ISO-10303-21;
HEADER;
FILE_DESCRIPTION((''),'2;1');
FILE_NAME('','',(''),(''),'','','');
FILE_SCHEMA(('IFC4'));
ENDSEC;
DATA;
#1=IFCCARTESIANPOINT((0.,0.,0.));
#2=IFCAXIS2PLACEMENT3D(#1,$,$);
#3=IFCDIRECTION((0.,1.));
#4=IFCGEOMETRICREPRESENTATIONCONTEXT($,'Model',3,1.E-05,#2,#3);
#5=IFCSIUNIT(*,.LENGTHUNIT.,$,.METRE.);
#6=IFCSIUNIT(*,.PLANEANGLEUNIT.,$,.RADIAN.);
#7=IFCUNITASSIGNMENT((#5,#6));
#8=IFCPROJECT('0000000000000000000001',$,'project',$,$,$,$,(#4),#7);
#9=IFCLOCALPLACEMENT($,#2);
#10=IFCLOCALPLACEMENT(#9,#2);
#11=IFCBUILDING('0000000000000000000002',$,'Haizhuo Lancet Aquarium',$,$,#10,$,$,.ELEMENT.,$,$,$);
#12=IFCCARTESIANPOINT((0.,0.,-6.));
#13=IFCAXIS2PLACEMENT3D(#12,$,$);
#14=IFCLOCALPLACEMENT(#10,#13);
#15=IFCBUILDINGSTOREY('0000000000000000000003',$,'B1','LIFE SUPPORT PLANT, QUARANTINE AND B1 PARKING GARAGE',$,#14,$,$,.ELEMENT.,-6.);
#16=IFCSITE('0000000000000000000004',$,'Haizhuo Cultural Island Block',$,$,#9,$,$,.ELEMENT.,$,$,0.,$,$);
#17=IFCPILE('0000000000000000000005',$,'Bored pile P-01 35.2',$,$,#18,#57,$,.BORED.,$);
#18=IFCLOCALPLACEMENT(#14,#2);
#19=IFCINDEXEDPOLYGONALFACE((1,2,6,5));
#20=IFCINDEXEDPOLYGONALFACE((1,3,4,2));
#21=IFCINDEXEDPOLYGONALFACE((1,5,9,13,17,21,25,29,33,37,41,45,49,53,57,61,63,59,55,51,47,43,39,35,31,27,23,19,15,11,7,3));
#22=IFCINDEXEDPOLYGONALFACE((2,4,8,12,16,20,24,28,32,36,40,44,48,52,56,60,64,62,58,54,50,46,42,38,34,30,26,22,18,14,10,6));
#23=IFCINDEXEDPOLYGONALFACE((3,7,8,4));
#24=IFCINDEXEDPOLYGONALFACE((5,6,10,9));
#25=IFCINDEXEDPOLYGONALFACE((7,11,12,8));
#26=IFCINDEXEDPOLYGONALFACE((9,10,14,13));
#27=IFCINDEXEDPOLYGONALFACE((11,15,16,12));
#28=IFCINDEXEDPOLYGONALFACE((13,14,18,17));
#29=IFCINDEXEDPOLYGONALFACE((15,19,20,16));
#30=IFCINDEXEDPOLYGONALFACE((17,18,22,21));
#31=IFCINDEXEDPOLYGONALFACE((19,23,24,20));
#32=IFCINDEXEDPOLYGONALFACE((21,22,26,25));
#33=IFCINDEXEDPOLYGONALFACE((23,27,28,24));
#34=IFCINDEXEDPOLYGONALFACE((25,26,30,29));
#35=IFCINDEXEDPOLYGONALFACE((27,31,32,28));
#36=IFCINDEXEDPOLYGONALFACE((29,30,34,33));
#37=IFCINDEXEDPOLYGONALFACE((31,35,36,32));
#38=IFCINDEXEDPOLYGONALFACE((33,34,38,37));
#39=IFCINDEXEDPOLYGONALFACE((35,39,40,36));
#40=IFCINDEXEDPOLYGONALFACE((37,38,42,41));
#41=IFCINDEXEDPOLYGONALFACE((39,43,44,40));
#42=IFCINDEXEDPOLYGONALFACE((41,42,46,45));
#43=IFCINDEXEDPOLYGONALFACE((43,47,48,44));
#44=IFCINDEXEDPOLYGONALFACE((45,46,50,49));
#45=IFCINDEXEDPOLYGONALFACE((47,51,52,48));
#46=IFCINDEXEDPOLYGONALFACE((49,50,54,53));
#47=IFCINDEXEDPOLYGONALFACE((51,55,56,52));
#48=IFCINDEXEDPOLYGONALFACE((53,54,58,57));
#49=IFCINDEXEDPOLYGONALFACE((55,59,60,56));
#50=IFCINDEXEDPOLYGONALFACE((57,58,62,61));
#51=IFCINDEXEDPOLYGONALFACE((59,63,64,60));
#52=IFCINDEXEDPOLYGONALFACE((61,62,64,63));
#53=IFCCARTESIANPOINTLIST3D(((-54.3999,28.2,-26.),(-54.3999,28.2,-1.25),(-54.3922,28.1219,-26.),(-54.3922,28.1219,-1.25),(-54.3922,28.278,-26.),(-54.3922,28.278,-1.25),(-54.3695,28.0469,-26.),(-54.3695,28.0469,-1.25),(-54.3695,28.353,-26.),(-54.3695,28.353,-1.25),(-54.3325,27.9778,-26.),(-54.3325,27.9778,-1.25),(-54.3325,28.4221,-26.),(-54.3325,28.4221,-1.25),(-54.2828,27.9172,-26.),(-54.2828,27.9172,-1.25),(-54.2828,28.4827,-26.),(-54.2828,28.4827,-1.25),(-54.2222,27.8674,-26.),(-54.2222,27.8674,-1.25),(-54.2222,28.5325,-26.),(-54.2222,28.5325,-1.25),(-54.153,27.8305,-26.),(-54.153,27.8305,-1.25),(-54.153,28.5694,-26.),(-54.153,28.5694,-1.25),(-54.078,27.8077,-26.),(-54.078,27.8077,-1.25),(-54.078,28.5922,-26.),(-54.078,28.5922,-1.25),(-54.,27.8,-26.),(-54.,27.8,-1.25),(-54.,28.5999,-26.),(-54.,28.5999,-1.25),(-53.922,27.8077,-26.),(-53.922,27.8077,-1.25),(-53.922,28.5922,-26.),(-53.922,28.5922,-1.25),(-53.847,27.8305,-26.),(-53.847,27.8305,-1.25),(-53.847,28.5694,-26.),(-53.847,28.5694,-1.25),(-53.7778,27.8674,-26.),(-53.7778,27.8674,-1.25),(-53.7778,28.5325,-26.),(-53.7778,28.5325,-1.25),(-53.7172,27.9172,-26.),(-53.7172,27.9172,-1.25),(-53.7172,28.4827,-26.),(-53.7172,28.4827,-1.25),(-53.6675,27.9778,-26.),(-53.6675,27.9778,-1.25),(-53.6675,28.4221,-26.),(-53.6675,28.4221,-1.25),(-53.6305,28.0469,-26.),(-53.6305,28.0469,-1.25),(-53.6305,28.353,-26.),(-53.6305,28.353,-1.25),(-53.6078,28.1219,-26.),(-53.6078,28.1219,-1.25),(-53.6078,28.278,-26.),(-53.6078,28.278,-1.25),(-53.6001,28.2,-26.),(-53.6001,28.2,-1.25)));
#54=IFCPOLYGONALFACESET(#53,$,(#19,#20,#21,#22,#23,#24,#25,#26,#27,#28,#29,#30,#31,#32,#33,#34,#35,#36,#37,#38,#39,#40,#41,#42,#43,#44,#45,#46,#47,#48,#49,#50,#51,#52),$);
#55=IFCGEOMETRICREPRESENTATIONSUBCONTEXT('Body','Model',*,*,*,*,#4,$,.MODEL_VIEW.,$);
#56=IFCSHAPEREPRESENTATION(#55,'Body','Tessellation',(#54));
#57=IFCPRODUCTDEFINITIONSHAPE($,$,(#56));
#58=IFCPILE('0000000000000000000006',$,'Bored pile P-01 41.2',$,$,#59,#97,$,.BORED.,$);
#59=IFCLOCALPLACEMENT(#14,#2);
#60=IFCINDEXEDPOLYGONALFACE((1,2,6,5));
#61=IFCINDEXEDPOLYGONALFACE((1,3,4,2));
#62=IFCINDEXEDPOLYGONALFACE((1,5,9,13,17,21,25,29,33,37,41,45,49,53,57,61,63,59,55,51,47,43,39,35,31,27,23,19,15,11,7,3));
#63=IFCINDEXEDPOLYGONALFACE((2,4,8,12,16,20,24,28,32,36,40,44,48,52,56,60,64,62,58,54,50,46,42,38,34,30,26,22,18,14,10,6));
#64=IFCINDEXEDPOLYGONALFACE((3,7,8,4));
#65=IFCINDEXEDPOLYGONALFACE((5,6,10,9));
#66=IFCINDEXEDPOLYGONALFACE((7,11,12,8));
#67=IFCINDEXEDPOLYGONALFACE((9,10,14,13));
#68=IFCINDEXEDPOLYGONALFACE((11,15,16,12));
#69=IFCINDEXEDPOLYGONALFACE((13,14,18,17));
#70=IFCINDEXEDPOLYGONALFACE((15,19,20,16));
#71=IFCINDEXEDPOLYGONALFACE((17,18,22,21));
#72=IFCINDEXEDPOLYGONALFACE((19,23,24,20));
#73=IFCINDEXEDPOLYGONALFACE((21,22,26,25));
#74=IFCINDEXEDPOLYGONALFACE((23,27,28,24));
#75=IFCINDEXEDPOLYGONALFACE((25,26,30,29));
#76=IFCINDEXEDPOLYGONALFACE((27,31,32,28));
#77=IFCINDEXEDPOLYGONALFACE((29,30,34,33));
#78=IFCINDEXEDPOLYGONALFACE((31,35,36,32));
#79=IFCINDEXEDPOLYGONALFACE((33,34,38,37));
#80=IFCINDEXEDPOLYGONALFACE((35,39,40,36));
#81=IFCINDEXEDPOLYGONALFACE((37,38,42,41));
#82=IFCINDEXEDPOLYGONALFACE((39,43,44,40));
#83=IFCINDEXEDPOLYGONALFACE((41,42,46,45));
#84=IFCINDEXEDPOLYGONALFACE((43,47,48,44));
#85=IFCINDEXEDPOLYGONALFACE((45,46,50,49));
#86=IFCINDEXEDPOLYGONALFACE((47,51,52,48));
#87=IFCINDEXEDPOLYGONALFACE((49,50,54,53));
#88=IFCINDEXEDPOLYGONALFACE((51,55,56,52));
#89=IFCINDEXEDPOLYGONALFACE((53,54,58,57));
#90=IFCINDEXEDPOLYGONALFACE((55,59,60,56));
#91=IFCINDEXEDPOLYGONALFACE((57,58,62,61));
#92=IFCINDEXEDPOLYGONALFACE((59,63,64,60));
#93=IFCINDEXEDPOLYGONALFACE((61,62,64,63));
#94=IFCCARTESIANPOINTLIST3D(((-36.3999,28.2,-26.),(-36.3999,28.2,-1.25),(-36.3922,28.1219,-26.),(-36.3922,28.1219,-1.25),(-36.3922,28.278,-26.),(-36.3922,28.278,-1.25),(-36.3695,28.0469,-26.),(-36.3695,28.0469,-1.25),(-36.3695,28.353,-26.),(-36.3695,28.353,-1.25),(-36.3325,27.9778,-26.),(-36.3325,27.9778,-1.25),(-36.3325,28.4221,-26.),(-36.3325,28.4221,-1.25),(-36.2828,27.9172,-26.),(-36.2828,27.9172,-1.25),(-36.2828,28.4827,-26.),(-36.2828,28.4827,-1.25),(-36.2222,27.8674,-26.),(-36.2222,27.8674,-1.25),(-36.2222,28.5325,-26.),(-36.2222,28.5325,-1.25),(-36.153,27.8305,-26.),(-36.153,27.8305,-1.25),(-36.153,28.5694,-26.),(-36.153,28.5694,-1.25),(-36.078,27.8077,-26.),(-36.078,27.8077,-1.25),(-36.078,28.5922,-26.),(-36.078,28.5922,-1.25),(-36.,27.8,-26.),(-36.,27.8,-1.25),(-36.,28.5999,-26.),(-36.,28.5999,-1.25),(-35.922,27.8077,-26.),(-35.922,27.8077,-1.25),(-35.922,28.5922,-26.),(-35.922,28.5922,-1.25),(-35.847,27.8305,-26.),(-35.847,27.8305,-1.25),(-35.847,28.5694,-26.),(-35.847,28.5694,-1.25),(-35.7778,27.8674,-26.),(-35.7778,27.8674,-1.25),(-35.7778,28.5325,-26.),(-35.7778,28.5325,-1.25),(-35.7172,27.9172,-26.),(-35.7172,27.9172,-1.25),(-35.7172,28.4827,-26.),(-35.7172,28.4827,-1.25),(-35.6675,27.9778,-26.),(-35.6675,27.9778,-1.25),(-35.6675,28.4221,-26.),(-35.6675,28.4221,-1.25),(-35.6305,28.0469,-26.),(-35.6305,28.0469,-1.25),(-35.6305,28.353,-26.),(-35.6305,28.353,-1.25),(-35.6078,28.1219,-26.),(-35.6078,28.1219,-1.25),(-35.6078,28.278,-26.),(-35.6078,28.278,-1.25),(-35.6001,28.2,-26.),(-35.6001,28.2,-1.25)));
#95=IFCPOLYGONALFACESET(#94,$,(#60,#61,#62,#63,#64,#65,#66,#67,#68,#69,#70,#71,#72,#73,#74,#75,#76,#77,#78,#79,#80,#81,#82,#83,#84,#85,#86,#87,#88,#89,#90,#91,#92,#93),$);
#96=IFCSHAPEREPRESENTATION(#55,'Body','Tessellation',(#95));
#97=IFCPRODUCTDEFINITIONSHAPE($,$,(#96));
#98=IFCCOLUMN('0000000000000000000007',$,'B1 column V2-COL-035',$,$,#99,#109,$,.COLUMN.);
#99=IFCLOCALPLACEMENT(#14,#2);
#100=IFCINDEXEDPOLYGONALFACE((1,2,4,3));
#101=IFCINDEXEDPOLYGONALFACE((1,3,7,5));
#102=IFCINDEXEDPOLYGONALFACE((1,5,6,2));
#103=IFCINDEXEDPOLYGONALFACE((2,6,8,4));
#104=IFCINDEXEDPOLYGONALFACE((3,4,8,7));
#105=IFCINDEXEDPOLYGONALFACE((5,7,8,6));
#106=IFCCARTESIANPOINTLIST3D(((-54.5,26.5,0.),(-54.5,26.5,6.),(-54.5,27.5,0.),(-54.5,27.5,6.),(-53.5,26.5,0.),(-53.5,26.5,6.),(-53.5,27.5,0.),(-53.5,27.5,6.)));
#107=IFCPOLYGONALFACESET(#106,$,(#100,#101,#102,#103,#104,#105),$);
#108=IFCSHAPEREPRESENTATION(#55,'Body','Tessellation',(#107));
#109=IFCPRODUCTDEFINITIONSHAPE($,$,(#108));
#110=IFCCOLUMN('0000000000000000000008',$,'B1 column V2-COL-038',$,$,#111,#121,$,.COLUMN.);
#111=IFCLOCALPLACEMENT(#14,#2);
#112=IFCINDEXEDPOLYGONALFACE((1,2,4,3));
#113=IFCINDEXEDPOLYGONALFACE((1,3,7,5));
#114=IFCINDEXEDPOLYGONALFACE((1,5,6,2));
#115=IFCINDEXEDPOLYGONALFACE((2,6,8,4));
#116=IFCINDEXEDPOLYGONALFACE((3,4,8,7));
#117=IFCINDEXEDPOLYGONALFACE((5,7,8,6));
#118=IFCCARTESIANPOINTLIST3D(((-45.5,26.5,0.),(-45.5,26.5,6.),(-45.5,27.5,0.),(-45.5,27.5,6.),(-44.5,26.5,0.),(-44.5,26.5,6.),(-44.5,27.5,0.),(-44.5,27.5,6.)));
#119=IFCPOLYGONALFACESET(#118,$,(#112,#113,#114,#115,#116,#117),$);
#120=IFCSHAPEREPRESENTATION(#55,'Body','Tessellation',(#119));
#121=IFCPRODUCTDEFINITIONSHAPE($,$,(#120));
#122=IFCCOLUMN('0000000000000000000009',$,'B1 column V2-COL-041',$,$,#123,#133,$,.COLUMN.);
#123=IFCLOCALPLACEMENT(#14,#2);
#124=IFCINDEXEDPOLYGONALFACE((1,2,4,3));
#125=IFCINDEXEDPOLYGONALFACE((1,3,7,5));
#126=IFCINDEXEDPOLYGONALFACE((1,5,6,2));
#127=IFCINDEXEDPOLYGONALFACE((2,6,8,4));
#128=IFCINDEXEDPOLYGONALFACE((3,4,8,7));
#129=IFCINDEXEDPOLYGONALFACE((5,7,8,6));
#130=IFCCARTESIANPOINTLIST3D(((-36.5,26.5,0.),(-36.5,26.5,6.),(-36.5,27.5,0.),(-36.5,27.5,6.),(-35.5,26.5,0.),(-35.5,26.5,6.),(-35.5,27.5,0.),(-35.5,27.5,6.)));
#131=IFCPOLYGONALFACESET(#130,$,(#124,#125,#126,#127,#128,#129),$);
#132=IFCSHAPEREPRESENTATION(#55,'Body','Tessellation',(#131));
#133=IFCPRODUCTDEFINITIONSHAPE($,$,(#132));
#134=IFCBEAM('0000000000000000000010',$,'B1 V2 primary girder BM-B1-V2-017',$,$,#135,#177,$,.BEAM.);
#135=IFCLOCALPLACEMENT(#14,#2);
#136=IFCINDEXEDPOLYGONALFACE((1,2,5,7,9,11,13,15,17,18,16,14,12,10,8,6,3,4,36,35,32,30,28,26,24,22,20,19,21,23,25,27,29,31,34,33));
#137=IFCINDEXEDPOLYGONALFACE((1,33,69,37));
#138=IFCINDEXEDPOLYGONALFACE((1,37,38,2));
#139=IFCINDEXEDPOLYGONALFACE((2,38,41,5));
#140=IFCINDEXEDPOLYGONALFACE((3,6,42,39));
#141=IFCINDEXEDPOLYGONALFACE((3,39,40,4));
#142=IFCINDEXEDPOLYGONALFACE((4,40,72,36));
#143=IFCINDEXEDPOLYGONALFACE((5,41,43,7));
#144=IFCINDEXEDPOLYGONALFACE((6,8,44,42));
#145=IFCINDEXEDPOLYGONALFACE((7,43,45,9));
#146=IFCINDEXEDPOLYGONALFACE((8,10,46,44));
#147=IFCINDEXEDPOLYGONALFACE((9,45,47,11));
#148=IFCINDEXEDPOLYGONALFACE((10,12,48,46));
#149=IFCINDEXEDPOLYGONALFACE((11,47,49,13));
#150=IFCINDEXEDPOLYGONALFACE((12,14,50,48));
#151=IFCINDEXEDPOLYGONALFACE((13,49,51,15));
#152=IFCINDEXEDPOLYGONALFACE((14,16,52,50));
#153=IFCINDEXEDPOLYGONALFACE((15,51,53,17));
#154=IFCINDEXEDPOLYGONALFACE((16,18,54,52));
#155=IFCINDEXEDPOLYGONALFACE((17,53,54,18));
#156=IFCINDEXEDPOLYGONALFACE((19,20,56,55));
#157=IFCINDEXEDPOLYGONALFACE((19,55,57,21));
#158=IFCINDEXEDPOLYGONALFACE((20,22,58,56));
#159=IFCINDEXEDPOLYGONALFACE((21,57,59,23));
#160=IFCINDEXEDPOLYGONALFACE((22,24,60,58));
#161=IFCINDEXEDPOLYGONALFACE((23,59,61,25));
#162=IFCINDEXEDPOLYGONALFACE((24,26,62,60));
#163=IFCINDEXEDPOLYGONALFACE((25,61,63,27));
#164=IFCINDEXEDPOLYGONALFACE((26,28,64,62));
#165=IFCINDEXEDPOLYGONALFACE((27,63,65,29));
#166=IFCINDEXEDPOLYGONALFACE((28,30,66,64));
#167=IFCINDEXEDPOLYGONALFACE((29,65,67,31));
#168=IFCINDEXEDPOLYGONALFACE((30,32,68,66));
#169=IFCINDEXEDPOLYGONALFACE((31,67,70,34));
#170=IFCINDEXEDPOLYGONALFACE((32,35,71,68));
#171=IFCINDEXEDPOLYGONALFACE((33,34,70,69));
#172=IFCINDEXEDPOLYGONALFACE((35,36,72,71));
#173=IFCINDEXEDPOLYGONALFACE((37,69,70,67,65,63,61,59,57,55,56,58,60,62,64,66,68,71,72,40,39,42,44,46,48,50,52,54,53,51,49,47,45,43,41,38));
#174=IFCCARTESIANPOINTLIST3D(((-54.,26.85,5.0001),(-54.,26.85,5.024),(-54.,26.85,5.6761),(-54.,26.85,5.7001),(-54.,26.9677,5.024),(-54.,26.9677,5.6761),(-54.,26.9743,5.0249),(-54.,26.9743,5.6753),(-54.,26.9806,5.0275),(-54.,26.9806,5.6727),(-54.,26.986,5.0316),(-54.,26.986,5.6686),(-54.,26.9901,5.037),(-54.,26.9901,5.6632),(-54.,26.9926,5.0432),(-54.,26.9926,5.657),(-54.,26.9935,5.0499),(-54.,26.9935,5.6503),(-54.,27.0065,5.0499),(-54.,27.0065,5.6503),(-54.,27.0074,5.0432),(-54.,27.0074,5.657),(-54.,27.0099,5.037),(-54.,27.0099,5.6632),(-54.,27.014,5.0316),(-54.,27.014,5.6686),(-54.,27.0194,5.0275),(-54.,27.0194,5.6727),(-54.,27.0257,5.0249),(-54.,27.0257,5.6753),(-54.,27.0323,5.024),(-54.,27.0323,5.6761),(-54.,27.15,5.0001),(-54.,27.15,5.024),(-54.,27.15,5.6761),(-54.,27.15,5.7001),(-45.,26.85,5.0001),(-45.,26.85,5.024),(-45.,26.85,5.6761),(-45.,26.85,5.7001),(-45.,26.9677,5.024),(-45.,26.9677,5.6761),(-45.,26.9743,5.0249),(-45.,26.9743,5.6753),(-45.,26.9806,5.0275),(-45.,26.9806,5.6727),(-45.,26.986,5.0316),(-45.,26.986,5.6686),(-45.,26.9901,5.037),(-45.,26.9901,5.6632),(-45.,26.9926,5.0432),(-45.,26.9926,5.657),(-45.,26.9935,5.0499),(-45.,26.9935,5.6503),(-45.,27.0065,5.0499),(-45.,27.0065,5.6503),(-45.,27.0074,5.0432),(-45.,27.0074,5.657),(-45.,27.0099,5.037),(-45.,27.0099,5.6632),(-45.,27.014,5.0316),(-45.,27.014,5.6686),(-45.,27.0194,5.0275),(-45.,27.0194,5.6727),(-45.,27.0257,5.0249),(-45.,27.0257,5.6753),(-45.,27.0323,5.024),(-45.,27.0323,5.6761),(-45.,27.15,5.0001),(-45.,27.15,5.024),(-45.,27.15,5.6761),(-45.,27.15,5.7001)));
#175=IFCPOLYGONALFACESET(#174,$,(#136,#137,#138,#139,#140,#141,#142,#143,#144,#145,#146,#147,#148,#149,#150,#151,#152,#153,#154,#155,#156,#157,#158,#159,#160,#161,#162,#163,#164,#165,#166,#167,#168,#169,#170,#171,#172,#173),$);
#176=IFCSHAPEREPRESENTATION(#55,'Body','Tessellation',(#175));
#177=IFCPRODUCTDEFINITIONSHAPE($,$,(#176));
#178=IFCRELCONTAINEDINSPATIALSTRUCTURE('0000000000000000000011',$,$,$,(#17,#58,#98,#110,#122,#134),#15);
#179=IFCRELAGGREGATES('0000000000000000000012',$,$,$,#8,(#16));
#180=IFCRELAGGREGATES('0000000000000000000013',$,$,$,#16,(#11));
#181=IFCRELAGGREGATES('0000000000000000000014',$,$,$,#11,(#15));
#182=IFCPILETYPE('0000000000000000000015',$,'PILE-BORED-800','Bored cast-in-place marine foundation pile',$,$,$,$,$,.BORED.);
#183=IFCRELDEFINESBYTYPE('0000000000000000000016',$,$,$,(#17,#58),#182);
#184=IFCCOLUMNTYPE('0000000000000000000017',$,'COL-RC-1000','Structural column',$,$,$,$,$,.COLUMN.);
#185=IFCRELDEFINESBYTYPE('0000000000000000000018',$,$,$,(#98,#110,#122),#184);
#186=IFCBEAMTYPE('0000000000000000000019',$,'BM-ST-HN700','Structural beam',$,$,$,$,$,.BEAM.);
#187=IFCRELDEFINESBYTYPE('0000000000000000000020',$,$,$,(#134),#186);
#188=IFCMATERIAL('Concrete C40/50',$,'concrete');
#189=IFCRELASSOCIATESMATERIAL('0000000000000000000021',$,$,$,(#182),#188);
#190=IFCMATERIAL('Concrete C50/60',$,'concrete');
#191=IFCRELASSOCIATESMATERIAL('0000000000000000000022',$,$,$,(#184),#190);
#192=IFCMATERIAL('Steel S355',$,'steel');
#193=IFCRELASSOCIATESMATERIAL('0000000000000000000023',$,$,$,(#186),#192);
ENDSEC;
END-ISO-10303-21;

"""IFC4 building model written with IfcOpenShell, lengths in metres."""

from ifc_helpers import new_model, si_unit, direction, frame, origin, origin_2d, place, context, subcontext, project, spatial, rectangle, circle, i_section, extrude, material, material_profile, profile_set, type_object, element, save


model = new_model("IFC4")

# Units and contexts
model_context = context("Model", 3, precision=1e-05, world=origin(), true_north=direction((0.0, 1.0)))
body_context = subcontext(model_context, "Body", "Model", "MODEL_VIEW")
ifc_project = project(units=[si_unit("LENGTHUNIT", "METRE"), si_unit("PLANEANGLEUNIT", "RADIAN")], contexts=[model_context])

# Site, building, storey
site_placement = place(None, origin())
site = spatial("IfcSite", under=ifc_project, at=site_placement, Name="Haizhuo Cultural Island Block", CompositionType="ELEMENT", RefElevation=0.0)
building_placement = place(site_placement, origin())
building = spatial("IfcBuilding", under=site, at=building_placement, Name="Haizhuo Lancet Aquarium", CompositionType="ELEMENT")
storey_placement = place(building_placement, frame((0.0, 0.0, -6.0)))
storey = spatial("IfcBuildingStorey", under=building, at=storey_placement, Name="B1", Description="LIFE SUPPORT PLANT, QUARANTINE AND B1 PARKING GARAGE", CompositionType="ELEMENT", Elevation=-6.0)

# Shared definitions
ifc_material_1 = material(Name="Concrete C40/50", Category="concrete")

# Piles
ifc_material_profile_1 = material_profile(ifc_material_1, circle(Radius=0.3999, at=origin_2d()), Name="PILE-800")
ifc_profile_set_1 = profile_set([ifc_material_profile_1], Name="Concrete C40/50")
pile_type_1 = type_object("IfcPileType", Name="PILE-BORED-800", Description="Bored cast-in-place marine foundation pile", PredefinedType="BORED", material=ifc_profile_set_1)
for number, where, z_axis, x_axis, name in (
    (1, (-54.0, 28.2, -1.25), (0.0, 0.0, -1.0), (1.0, 0.0, 0.0), "Bored pile P-01 35.2"),
    (2, (-36.0, 28.2, -1.25), (0.0, 0.0, -1.0), (1.0, 0.0, 0.0), "Bored pile P-01 41.2"),
):
    element("IfcPile", number, at=place(storey_placement, frame(where, z_axis=z_axis, x_axis=x_axis)), inside=storey, type_object=pile_type_1, Name=name, PredefinedType="BORED", context=body_context, shape_type="SweptSolid", body=[
        extrude(circle(Radius=0.3999, at=origin_2d()), origin(), (0.0, 0.0, 1.0), 24.75),
    ])

# Columns
ifc_material_2 = material(Name="Concrete C50/60", Category="concrete")
ifc_material_profile_2 = material_profile(ifc_material_2, rectangle(XDim=1.0, YDim=1.0, at=origin_2d()), Name="RC-COL 1000x1000")
ifc_profile_set_2 = profile_set([ifc_material_profile_2], Name="Concrete C50/60")
column_type = type_object("IfcColumnType", Name="COL-RC-1000", Description="Structural column", PredefinedType="COLUMN", material=ifc_profile_set_2)
for number, where, z_axis, x_axis, name in (
    (3, (-54.0, 27.0, 0.0), (0.0, 0.0, 1.0), (1.0, 0.0, 0.0), "B1 column V2-COL-035"),
    (4, (-45.0, 27.0, 0.0), (0.0, 0.0, 1.0), (1.0, 0.0, 0.0), "B1 column V2-COL-038"),
    (5, (-36.0, 27.0, 0.0), (0.0, 0.0, 1.0), (1.0, 0.0, 0.0), "B1 column V2-COL-041"),
):
    element("IfcColumn", number, at=place(storey_placement, frame(where, z_axis=z_axis, x_axis=x_axis)), inside=storey, type_object=column_type, Name=name, PredefinedType="COLUMN", context=body_context, shape_type="SweptSolid", body=[
        extrude(rectangle(XDim=1.0, YDim=1.0, at=origin_2d()), origin(), (0.0, 0.0, 1.0), 6.0),
    ])

# Beam
ifc_material_3 = material(Name="Steel S355", Category="steel")
ifc_material_profile_3 = material_profile(ifc_material_3, i_section(OverallWidth=0.3, OverallDepth=0.7, WebThickness=0.0129, FlangeThickness=0.0239, FilletRadius=0.0259, at=origin_2d()), Name="HN 700x300x13x24")
ifc_profile_set_3 = profile_set([ifc_material_profile_3], Name="Steel S355")
beam_type = type_object("IfcBeamType", Name="BM-ST-HN700", Description="Structural beam", PredefinedType="BEAM", material=ifc_profile_set_3)
for number, where, z_axis, x_axis, name in (
    (6, (-54.0, 27.0, 5.3501), (1.0, 0.0, 0.0), (0.0, 1.0, 0.0), "B1 V2 primary girder BM-B1-V2-017"),
):
    element("IfcBeam", number, at=place(storey_placement, frame(where, z_axis=z_axis, x_axis=x_axis)), inside=storey, type_object=beam_type, Name=name, PredefinedType="BEAM", context=body_context, shape_type="SweptSolid", body=[
        extrude(i_section(OverallWidth=0.3, OverallDepth=0.7, WebThickness=0.0129, FlangeThickness=0.0239, FilletRadius=0.0259, at=origin_2d()), origin(), (0.0, 0.0, 1.0), 9.0),
    ])

save(model, "model.ifc")
